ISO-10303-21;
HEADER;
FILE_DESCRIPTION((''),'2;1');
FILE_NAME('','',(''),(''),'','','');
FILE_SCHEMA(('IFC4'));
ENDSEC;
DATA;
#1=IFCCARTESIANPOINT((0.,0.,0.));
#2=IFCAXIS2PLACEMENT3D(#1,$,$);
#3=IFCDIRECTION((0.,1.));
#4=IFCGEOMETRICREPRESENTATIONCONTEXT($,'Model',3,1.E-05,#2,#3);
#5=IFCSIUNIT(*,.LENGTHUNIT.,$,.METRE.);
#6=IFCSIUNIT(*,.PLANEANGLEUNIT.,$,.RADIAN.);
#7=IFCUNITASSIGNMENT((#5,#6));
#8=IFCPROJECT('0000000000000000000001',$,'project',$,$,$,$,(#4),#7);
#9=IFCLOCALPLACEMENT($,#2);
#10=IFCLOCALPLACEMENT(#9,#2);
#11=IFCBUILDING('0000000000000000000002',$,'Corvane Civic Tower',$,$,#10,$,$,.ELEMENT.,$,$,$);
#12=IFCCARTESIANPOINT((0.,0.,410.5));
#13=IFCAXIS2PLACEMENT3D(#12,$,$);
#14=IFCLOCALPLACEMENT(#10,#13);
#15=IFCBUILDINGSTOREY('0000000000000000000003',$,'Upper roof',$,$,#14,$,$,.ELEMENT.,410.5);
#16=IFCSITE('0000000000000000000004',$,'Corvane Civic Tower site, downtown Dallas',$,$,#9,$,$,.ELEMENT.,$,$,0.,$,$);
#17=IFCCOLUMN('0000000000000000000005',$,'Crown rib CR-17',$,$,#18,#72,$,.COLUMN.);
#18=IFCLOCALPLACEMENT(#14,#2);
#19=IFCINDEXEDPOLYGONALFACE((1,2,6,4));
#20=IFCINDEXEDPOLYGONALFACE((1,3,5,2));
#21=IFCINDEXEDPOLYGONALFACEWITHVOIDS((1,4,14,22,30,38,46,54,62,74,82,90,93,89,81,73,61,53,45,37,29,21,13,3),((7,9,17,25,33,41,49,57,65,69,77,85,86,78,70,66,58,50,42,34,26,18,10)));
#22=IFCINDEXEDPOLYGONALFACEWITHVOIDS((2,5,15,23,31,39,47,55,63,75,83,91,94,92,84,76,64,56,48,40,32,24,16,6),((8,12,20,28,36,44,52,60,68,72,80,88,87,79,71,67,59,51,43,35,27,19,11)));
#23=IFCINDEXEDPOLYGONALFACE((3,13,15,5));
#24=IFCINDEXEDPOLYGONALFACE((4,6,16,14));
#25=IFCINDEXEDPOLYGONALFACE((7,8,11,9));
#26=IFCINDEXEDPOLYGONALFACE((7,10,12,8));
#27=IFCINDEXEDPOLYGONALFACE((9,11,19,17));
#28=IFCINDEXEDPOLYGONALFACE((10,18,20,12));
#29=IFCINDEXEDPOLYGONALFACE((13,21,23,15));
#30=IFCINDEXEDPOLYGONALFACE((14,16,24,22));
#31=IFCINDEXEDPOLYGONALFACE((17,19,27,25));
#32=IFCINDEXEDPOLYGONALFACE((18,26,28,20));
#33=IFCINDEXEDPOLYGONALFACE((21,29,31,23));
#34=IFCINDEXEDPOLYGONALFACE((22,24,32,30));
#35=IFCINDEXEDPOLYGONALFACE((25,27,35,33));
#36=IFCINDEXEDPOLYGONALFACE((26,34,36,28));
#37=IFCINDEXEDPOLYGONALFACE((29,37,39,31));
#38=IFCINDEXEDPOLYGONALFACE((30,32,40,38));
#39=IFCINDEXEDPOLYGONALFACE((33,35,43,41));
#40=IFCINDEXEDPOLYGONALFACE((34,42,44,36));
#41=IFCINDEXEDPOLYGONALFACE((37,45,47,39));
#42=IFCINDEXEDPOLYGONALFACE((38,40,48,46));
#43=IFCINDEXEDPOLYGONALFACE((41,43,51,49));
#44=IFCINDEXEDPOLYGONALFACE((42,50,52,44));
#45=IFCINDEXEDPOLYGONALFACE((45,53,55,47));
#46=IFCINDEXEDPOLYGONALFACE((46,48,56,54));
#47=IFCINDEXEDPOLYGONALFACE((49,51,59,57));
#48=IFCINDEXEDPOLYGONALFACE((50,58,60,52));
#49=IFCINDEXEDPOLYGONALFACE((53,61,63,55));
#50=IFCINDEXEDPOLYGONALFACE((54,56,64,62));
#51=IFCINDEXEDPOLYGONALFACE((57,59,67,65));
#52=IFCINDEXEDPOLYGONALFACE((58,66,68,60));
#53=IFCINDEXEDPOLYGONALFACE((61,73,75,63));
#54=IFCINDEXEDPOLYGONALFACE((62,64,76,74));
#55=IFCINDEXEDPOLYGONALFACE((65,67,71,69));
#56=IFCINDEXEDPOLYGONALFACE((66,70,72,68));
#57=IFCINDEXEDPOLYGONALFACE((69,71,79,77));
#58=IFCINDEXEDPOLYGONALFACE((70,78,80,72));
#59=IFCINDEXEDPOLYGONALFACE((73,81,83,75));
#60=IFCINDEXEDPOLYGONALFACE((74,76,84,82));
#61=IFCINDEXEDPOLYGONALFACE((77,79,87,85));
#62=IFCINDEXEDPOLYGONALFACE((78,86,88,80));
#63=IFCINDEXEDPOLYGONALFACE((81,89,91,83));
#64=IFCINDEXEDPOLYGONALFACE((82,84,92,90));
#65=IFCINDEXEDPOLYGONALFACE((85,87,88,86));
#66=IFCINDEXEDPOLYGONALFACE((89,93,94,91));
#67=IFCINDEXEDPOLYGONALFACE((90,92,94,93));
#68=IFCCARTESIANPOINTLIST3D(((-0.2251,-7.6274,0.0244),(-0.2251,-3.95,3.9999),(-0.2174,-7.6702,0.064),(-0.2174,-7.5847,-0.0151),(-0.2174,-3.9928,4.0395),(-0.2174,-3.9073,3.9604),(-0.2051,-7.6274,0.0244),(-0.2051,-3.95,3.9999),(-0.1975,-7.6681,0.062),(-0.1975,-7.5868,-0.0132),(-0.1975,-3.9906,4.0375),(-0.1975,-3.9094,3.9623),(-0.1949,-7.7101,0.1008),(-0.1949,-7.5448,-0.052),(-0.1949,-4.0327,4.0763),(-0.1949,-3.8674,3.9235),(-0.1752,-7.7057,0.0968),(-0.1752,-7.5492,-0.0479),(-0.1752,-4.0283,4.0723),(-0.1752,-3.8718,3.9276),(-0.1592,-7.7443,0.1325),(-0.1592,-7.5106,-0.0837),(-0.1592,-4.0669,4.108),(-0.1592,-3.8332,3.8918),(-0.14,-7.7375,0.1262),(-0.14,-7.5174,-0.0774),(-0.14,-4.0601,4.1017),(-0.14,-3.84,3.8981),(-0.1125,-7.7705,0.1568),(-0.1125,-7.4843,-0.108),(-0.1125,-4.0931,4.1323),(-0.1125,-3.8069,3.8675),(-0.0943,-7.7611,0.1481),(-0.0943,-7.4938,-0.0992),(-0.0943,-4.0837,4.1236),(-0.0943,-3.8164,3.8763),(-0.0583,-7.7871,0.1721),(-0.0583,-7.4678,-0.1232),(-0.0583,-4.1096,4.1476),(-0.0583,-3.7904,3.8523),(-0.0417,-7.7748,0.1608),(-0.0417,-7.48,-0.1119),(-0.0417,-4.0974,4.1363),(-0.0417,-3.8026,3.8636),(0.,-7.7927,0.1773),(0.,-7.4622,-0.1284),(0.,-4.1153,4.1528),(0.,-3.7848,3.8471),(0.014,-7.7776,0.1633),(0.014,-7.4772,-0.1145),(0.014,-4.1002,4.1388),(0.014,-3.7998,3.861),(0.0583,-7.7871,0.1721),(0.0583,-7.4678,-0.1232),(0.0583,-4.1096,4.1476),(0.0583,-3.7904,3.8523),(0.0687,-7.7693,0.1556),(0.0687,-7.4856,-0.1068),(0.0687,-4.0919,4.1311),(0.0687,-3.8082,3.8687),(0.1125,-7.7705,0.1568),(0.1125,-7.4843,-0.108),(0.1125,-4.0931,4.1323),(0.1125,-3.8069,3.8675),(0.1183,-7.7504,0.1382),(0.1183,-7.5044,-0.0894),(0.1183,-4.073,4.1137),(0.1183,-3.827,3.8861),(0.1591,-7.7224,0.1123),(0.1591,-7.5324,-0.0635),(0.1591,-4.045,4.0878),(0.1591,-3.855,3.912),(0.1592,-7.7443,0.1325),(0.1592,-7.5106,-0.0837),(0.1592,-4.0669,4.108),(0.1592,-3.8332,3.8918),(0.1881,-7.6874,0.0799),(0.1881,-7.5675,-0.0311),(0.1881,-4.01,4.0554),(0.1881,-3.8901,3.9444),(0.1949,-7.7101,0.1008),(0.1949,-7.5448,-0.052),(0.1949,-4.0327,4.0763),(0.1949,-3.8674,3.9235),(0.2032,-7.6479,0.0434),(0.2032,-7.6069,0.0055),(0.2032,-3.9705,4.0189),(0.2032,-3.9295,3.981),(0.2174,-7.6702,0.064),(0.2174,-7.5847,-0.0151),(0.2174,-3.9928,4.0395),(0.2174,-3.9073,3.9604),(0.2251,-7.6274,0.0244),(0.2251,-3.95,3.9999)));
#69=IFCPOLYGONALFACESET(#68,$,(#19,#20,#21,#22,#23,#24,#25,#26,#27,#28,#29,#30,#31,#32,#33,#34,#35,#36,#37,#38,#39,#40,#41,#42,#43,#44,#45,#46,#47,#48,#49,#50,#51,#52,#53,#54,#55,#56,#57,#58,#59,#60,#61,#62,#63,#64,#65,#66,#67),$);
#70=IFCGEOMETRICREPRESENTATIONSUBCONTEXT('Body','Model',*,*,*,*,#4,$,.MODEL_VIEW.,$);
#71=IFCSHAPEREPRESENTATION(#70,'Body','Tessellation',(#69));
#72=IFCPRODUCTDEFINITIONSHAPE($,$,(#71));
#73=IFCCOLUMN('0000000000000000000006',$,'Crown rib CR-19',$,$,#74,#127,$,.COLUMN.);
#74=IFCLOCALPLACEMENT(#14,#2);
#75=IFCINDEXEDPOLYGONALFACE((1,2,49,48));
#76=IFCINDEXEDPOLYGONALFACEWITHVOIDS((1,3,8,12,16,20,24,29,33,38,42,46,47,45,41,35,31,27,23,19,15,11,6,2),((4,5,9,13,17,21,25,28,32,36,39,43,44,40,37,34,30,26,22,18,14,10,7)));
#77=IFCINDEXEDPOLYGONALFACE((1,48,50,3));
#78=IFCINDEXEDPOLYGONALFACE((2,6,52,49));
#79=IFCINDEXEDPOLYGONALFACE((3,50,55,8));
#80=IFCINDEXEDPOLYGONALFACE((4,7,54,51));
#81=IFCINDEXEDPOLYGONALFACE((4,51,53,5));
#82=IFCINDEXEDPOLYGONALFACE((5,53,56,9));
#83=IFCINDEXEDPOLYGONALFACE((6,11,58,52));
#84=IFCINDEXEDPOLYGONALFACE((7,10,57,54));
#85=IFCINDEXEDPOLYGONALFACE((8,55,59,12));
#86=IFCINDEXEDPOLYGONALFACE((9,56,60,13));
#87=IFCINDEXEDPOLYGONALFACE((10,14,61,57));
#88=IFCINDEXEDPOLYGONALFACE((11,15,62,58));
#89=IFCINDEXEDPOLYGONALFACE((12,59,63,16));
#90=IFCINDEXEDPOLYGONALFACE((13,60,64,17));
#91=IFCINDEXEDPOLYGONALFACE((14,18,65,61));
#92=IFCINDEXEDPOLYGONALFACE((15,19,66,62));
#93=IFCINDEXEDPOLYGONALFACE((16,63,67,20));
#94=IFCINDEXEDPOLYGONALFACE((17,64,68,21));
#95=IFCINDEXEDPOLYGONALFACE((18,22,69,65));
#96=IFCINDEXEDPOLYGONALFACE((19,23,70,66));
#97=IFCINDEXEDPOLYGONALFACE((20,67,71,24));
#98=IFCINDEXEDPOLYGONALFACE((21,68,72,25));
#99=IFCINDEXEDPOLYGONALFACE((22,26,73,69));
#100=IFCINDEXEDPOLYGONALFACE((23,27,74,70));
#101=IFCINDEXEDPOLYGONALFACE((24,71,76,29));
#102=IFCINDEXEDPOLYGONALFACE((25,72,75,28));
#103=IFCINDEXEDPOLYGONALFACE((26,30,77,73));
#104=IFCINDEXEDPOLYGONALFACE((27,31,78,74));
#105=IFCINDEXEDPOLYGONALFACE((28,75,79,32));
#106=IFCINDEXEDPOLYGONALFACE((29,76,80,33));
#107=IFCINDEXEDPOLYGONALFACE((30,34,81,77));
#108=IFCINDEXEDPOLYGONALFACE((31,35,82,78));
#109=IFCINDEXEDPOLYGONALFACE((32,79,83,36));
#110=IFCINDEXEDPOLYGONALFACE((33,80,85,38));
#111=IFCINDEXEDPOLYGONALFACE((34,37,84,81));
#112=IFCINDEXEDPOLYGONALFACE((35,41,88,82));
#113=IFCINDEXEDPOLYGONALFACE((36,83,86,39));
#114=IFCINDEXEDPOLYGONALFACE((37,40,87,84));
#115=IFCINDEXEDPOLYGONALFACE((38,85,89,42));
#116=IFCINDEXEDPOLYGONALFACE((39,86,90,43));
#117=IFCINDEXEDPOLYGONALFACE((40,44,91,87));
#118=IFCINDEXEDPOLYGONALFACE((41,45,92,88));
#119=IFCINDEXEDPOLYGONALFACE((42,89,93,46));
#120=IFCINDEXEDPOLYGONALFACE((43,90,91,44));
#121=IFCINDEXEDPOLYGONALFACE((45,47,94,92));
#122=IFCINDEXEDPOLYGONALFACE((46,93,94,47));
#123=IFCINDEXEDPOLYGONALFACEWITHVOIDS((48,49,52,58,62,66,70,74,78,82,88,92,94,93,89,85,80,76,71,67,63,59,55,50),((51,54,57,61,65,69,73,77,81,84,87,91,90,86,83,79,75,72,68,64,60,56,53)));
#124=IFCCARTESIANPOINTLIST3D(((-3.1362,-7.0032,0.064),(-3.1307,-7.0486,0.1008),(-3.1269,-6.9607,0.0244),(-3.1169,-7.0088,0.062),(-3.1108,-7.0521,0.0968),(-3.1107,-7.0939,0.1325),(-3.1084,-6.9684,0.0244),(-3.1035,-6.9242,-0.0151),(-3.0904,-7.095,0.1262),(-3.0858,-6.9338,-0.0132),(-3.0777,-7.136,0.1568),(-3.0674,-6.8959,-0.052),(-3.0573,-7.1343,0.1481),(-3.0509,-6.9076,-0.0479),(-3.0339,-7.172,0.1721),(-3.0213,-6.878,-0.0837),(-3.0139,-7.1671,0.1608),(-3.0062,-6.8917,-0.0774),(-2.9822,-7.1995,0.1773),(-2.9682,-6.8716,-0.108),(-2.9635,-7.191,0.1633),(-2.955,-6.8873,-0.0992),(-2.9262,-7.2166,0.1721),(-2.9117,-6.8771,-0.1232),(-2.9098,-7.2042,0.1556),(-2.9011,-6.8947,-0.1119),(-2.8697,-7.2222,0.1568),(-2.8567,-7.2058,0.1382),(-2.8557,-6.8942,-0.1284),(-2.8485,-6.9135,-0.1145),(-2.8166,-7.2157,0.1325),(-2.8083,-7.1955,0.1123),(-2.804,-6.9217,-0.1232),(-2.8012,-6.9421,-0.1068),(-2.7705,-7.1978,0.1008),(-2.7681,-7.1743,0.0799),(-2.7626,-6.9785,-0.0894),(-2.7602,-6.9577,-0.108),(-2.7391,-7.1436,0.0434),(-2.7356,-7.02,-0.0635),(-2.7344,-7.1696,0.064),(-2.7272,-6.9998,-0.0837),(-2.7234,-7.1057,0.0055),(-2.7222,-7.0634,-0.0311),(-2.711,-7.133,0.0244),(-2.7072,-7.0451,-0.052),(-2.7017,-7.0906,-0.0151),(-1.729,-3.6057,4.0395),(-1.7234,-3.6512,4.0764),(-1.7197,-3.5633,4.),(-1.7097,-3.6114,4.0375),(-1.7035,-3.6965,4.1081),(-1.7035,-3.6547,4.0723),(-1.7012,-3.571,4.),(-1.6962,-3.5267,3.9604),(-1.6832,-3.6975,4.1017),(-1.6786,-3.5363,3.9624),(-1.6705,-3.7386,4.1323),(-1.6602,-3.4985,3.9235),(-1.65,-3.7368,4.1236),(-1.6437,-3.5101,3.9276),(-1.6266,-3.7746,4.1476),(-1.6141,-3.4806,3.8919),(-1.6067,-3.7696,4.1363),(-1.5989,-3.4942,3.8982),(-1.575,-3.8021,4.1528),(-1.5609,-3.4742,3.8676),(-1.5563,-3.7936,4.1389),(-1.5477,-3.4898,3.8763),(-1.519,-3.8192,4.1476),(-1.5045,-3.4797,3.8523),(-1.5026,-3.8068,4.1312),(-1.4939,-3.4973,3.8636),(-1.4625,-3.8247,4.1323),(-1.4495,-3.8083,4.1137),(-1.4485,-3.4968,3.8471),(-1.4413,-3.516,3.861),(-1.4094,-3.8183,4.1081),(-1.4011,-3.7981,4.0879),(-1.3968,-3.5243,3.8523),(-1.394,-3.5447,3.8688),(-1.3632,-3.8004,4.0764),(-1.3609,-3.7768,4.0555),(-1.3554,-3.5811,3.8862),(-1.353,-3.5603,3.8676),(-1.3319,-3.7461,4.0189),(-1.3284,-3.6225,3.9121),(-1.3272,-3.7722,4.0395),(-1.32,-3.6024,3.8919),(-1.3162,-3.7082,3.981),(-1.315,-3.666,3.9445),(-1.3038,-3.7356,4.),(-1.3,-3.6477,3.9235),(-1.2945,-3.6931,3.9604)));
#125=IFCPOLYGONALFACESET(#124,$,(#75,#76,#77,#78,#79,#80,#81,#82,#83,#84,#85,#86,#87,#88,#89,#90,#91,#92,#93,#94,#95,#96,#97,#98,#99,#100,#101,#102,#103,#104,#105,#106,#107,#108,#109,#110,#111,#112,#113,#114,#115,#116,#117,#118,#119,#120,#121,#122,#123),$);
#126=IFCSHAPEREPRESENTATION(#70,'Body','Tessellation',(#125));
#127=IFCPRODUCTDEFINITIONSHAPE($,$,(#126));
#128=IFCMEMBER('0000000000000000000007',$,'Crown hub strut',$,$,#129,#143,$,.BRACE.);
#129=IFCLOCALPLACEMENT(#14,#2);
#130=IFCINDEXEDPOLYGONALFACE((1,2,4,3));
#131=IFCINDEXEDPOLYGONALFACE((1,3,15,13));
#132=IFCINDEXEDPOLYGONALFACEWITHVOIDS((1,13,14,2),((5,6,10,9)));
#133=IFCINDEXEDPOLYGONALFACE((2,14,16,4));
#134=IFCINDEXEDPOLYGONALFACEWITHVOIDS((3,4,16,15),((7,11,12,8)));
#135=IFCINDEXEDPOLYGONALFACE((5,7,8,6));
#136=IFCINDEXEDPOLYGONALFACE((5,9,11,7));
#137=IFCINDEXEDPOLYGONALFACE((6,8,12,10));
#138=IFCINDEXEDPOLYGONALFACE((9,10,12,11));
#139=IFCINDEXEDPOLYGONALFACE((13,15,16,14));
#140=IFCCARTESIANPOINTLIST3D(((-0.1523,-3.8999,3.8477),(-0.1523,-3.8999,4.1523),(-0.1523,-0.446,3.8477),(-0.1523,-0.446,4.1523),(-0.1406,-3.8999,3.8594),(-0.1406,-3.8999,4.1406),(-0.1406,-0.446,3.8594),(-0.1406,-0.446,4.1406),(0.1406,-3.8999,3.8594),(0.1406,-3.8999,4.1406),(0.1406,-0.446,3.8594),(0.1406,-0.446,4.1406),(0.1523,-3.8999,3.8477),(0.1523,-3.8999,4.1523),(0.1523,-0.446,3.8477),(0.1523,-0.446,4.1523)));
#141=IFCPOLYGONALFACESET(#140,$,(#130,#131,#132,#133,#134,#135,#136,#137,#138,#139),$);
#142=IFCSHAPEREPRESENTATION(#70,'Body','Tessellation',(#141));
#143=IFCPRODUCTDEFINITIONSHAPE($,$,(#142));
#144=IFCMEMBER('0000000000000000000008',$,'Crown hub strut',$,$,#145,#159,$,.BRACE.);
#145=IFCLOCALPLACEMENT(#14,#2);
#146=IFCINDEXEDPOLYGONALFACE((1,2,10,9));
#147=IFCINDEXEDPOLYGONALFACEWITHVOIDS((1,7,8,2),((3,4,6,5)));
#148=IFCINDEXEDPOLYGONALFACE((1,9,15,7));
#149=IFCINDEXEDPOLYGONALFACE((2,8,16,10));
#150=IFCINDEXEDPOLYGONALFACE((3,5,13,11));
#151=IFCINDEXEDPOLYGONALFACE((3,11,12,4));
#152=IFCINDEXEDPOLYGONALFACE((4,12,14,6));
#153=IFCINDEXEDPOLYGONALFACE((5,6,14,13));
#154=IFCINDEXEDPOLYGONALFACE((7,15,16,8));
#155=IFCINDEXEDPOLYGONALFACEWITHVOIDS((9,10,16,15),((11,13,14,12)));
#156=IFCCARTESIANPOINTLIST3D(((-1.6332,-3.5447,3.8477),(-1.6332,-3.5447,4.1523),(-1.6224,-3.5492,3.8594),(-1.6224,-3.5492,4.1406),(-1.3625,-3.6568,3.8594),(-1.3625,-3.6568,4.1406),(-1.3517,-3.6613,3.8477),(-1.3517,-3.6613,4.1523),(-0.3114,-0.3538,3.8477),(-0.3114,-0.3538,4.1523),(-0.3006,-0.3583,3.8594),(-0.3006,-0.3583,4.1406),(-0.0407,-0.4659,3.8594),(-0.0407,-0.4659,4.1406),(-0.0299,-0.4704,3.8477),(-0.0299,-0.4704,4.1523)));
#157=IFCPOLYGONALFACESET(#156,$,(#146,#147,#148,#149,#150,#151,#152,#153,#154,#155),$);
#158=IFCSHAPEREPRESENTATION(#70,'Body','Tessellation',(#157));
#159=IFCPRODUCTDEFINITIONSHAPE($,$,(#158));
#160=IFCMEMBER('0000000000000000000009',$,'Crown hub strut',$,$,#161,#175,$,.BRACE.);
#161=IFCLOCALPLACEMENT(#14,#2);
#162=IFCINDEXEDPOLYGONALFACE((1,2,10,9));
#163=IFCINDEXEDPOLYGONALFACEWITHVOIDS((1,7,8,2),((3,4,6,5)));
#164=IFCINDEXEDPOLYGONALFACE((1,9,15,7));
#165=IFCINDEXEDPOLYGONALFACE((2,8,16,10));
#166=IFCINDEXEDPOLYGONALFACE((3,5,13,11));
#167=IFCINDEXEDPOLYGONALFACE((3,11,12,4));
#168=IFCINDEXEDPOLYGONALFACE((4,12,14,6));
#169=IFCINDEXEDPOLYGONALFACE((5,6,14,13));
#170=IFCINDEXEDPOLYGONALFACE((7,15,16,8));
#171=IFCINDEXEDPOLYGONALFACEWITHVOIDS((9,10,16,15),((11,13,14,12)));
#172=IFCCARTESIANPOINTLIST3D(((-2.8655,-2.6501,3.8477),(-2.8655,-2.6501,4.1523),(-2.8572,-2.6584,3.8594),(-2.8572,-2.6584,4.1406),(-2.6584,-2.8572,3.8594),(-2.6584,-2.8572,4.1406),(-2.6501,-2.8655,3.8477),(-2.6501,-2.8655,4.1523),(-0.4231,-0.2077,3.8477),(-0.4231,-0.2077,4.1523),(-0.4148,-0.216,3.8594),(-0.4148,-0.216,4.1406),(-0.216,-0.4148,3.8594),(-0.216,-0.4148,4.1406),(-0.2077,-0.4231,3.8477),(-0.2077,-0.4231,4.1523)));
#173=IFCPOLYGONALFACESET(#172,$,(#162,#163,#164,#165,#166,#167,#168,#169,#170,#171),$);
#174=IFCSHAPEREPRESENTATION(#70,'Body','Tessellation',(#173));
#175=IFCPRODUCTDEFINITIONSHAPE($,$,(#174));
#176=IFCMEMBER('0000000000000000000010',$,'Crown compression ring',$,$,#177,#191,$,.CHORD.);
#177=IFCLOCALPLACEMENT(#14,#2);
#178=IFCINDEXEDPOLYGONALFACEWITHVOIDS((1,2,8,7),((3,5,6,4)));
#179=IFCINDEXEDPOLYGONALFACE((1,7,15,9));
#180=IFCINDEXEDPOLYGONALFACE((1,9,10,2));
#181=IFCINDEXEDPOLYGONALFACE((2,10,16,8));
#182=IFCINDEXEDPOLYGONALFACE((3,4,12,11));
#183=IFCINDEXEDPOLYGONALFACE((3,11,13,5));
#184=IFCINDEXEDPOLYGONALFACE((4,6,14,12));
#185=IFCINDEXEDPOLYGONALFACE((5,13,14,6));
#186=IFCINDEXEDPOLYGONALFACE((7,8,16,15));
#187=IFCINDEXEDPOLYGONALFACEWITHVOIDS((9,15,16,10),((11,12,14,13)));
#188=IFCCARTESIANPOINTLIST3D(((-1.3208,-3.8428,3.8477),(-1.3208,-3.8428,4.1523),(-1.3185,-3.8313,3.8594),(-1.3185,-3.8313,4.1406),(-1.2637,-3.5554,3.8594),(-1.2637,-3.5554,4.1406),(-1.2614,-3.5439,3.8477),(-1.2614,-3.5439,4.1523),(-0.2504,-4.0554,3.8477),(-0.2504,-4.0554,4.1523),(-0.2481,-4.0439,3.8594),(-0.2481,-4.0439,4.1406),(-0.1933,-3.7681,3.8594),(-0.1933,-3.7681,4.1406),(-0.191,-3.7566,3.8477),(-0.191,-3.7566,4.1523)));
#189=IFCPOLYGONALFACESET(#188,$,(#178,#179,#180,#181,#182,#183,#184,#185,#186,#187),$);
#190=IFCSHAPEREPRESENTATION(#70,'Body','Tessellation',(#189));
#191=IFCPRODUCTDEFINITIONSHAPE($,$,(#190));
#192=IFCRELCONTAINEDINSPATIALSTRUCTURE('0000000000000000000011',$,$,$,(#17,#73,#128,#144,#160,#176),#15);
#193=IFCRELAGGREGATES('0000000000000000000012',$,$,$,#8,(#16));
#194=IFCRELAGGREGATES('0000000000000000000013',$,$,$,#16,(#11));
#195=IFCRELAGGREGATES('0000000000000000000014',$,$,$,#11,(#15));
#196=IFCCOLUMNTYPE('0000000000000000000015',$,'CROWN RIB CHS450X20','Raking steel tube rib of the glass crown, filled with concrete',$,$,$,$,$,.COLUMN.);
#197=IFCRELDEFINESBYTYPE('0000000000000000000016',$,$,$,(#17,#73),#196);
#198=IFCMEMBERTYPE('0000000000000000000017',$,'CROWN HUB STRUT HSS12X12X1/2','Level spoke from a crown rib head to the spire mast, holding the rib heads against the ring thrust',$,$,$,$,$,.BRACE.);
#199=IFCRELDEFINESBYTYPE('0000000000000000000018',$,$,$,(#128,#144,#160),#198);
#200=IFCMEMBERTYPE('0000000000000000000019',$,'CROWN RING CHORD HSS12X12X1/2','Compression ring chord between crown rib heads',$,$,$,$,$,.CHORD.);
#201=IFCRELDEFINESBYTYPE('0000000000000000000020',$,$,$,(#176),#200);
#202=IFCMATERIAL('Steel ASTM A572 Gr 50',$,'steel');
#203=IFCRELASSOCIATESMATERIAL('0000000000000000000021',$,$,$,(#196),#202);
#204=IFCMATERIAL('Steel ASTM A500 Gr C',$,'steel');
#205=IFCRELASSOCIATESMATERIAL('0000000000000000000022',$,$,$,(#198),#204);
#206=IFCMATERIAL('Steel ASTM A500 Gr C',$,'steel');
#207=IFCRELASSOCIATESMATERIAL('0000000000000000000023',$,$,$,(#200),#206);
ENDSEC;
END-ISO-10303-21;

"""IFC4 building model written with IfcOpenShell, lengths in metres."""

from ifc_helpers import new_model, si_unit, direction, frame, origin, origin_2d, place, context, subcontext, project, spatial, hollow_rectangle, hollow_circle, extrude, material, material_profile, profile_set, type_object, element, save


model = new_model("IFC4")

# Units and contexts
model_context = context("Model", 3, precision=1e-05, world=origin(), true_north=direction((0.0, 1.0)))
body_context = subcontext(model_context, "Body", "Model", "MODEL_VIEW")
ifc_project = project(units=[si_unit("LENGTHUNIT", "METRE"), si_unit("PLANEANGLEUNIT", "RADIAN")], contexts=[model_context])

# Site, building, storey
site_placement = place(None, origin())
site = spatial("IfcSite", under=ifc_project, at=site_placement, Name="Corvane Civic Tower site, downtown Dallas", CompositionType="ELEMENT", RefElevation=0.0)
building_placement = place(site_placement, origin())
building = spatial("IfcBuilding", under=site, at=building_placement, Name="Corvane Civic Tower", CompositionType="ELEMENT")
storey_placement = place(building_placement, frame((0.0, 0.0, 410.5)))
storey = spatial("IfcBuildingStorey", under=building, at=storey_placement, Name="Upper roof", CompositionType="ELEMENT", Elevation=410.5)

# Columns
ifc_material_1 = material(Name="Steel ASTM A572 Gr 50", Category="steel")
ifc_material_profile_1 = material_profile(ifc_material_1, hollow_circle(Radius=0.2251, WallThickness=0.02, at=origin_2d()), Name="CHS450X20")
ifc_profile_set_1 = profile_set([ifc_material_profile_1], Name="Steel ASTM A572 Gr 50")
column_type = type_object("IfcColumnType", Name="CROWN RIB CHS450X20", Description="Raking steel tube rib of the glass crown, filled with concrete", PredefinedType="COLUMN", material=ifc_profile_set_1)
for number, where, z_axis, x_axis, name in (
    (1, (0.0, -7.6274, 0.0244), (0.0, 0.679049, 0.734093), (-1.0, 0.0, 0.0), "Crown rib CR-17"),
    (2, (-2.9189, -7.0469, 0.0244), (0.259849, 0.627352, 0.734104), (-0.923884, 0.382672, 0.0), "Crown rib CR-19"),
):
    element("IfcColumn", number, at=place(storey_placement, frame(where, z_axis=z_axis, x_axis=x_axis)), inside=storey, type_object=column_type, Name=name, PredefinedType="COLUMN", context=body_context, shape_type="SweptSolid", body=[
        extrude(hollow_circle(Radius=0.2251, WallThickness=0.02, at=origin_2d()), origin(), (0.0, 0.0, 1.0), 5.4155),
    ])

# Members
ifc_material_2 = material(Name="Steel ASTM A500 Gr C", Category="steel")
ifc_material_profile_2 = material_profile(ifc_material_2, hollow_rectangle(XDim=0.3047, YDim=0.3047, WallThickness=0.0117, at=origin_2d()), Name="HSS12X12X1/2")
ifc_profile_set_2 = profile_set([ifc_material_profile_2], Name="Steel ASTM A500 Gr C")
member_type_1 = type_object("IfcMemberType", Name="CROWN HUB STRUT HSS12X12X1/2", Description="Level spoke from a crown rib head to the spire mast, holding the rib heads against the ring thrust", PredefinedType="BRACE", material=ifc_profile_set_2)
for number, where, z_axis, x_axis, name in (
    (3, (0.0, -3.8999, 4.0), (0.0, 1.0, 0.0), (-1.0, 0.0, 0.0), "Crown hub strut"),
    (4, (-1.4924, -3.603, 4.0), (0.382697, 0.923874, 0.0), (-0.923874, 0.382697, 0.0), "Crown hub strut"),
):
    element("IfcMember", number, at=place(storey_placement, frame(where, z_axis=z_axis, x_axis=x_axis)), inside=storey, type_object=member_type_1, Name=name, PredefinedType="BRACE", context=body_context, shape_type="SweptSolid", body=[
        extrude(hollow_rectangle(XDim=0.3047, YDim=0.3047, WallThickness=0.0117, at=origin_2d()), origin(), (0.0, 0.0, 1.0), 3.4539),
    ])
member_1_placement = place(storey_placement, frame((-2.7578, -2.7578, 4.0), z_axis=(0.707107, 0.707107, 0.0), x_axis=(-0.707107, 0.707107, 0.0)))
element("IfcMember", 5, at=member_1_placement, inside=storey, type_object=member_type_1, Name="Crown hub strut", PredefinedType="BRACE", context=body_context, shape_type="SweptSolid", body=[
    extrude(hollow_rectangle(XDim=0.3047, YDim=0.3047, WallThickness=0.0117, at=origin_2d()), origin(), (0.0, 0.0, 1.0), 3.4541),
])
ifc_material_3 = material(Name="Steel ASTM A500 Gr C", Category="steel")
ifc_material_profile_3 = material_profile(ifc_material_3, hollow_rectangle(XDim=0.3047, YDim=0.3047, WallThickness=0.0117, at=origin_2d()), Name="HSS12X12X1/2")
ifc_profile_set_3 = profile_set([ifc_material_profile_3], Name="Steel ASTM A500 Gr C")
member_type_2 = type_object("IfcMemberType", Name="CROWN RING CHORD HSS12X12X1/2", Description="Compression ring chord between crown rib heads", PredefinedType="CHORD", material=ifc_profile_set_3)
for number, where, z_axis, x_axis, name in (
    (6, (-0.2207, -3.906, 4.0), (-0.980829, 0.194868, 0.0), (-0.194868, -0.980829, 0.0), "Crown compression ring"),
):
    element("IfcMember", number, at=place(storey_placement, frame(where, z_axis=z_axis, x_axis=x_axis)), inside=storey, type_object=member_type_2, Name=name, PredefinedType="CHORD", context=body_context, shape_type="SweptSolid", body=[
        extrude(hollow_rectangle(XDim=0.3047, YDim=0.3047, WallThickness=0.0117, at=origin_2d()), origin(), (0.0, 0.0, 1.0), 1.0913),
    ])

save(model, "model.ifc")
